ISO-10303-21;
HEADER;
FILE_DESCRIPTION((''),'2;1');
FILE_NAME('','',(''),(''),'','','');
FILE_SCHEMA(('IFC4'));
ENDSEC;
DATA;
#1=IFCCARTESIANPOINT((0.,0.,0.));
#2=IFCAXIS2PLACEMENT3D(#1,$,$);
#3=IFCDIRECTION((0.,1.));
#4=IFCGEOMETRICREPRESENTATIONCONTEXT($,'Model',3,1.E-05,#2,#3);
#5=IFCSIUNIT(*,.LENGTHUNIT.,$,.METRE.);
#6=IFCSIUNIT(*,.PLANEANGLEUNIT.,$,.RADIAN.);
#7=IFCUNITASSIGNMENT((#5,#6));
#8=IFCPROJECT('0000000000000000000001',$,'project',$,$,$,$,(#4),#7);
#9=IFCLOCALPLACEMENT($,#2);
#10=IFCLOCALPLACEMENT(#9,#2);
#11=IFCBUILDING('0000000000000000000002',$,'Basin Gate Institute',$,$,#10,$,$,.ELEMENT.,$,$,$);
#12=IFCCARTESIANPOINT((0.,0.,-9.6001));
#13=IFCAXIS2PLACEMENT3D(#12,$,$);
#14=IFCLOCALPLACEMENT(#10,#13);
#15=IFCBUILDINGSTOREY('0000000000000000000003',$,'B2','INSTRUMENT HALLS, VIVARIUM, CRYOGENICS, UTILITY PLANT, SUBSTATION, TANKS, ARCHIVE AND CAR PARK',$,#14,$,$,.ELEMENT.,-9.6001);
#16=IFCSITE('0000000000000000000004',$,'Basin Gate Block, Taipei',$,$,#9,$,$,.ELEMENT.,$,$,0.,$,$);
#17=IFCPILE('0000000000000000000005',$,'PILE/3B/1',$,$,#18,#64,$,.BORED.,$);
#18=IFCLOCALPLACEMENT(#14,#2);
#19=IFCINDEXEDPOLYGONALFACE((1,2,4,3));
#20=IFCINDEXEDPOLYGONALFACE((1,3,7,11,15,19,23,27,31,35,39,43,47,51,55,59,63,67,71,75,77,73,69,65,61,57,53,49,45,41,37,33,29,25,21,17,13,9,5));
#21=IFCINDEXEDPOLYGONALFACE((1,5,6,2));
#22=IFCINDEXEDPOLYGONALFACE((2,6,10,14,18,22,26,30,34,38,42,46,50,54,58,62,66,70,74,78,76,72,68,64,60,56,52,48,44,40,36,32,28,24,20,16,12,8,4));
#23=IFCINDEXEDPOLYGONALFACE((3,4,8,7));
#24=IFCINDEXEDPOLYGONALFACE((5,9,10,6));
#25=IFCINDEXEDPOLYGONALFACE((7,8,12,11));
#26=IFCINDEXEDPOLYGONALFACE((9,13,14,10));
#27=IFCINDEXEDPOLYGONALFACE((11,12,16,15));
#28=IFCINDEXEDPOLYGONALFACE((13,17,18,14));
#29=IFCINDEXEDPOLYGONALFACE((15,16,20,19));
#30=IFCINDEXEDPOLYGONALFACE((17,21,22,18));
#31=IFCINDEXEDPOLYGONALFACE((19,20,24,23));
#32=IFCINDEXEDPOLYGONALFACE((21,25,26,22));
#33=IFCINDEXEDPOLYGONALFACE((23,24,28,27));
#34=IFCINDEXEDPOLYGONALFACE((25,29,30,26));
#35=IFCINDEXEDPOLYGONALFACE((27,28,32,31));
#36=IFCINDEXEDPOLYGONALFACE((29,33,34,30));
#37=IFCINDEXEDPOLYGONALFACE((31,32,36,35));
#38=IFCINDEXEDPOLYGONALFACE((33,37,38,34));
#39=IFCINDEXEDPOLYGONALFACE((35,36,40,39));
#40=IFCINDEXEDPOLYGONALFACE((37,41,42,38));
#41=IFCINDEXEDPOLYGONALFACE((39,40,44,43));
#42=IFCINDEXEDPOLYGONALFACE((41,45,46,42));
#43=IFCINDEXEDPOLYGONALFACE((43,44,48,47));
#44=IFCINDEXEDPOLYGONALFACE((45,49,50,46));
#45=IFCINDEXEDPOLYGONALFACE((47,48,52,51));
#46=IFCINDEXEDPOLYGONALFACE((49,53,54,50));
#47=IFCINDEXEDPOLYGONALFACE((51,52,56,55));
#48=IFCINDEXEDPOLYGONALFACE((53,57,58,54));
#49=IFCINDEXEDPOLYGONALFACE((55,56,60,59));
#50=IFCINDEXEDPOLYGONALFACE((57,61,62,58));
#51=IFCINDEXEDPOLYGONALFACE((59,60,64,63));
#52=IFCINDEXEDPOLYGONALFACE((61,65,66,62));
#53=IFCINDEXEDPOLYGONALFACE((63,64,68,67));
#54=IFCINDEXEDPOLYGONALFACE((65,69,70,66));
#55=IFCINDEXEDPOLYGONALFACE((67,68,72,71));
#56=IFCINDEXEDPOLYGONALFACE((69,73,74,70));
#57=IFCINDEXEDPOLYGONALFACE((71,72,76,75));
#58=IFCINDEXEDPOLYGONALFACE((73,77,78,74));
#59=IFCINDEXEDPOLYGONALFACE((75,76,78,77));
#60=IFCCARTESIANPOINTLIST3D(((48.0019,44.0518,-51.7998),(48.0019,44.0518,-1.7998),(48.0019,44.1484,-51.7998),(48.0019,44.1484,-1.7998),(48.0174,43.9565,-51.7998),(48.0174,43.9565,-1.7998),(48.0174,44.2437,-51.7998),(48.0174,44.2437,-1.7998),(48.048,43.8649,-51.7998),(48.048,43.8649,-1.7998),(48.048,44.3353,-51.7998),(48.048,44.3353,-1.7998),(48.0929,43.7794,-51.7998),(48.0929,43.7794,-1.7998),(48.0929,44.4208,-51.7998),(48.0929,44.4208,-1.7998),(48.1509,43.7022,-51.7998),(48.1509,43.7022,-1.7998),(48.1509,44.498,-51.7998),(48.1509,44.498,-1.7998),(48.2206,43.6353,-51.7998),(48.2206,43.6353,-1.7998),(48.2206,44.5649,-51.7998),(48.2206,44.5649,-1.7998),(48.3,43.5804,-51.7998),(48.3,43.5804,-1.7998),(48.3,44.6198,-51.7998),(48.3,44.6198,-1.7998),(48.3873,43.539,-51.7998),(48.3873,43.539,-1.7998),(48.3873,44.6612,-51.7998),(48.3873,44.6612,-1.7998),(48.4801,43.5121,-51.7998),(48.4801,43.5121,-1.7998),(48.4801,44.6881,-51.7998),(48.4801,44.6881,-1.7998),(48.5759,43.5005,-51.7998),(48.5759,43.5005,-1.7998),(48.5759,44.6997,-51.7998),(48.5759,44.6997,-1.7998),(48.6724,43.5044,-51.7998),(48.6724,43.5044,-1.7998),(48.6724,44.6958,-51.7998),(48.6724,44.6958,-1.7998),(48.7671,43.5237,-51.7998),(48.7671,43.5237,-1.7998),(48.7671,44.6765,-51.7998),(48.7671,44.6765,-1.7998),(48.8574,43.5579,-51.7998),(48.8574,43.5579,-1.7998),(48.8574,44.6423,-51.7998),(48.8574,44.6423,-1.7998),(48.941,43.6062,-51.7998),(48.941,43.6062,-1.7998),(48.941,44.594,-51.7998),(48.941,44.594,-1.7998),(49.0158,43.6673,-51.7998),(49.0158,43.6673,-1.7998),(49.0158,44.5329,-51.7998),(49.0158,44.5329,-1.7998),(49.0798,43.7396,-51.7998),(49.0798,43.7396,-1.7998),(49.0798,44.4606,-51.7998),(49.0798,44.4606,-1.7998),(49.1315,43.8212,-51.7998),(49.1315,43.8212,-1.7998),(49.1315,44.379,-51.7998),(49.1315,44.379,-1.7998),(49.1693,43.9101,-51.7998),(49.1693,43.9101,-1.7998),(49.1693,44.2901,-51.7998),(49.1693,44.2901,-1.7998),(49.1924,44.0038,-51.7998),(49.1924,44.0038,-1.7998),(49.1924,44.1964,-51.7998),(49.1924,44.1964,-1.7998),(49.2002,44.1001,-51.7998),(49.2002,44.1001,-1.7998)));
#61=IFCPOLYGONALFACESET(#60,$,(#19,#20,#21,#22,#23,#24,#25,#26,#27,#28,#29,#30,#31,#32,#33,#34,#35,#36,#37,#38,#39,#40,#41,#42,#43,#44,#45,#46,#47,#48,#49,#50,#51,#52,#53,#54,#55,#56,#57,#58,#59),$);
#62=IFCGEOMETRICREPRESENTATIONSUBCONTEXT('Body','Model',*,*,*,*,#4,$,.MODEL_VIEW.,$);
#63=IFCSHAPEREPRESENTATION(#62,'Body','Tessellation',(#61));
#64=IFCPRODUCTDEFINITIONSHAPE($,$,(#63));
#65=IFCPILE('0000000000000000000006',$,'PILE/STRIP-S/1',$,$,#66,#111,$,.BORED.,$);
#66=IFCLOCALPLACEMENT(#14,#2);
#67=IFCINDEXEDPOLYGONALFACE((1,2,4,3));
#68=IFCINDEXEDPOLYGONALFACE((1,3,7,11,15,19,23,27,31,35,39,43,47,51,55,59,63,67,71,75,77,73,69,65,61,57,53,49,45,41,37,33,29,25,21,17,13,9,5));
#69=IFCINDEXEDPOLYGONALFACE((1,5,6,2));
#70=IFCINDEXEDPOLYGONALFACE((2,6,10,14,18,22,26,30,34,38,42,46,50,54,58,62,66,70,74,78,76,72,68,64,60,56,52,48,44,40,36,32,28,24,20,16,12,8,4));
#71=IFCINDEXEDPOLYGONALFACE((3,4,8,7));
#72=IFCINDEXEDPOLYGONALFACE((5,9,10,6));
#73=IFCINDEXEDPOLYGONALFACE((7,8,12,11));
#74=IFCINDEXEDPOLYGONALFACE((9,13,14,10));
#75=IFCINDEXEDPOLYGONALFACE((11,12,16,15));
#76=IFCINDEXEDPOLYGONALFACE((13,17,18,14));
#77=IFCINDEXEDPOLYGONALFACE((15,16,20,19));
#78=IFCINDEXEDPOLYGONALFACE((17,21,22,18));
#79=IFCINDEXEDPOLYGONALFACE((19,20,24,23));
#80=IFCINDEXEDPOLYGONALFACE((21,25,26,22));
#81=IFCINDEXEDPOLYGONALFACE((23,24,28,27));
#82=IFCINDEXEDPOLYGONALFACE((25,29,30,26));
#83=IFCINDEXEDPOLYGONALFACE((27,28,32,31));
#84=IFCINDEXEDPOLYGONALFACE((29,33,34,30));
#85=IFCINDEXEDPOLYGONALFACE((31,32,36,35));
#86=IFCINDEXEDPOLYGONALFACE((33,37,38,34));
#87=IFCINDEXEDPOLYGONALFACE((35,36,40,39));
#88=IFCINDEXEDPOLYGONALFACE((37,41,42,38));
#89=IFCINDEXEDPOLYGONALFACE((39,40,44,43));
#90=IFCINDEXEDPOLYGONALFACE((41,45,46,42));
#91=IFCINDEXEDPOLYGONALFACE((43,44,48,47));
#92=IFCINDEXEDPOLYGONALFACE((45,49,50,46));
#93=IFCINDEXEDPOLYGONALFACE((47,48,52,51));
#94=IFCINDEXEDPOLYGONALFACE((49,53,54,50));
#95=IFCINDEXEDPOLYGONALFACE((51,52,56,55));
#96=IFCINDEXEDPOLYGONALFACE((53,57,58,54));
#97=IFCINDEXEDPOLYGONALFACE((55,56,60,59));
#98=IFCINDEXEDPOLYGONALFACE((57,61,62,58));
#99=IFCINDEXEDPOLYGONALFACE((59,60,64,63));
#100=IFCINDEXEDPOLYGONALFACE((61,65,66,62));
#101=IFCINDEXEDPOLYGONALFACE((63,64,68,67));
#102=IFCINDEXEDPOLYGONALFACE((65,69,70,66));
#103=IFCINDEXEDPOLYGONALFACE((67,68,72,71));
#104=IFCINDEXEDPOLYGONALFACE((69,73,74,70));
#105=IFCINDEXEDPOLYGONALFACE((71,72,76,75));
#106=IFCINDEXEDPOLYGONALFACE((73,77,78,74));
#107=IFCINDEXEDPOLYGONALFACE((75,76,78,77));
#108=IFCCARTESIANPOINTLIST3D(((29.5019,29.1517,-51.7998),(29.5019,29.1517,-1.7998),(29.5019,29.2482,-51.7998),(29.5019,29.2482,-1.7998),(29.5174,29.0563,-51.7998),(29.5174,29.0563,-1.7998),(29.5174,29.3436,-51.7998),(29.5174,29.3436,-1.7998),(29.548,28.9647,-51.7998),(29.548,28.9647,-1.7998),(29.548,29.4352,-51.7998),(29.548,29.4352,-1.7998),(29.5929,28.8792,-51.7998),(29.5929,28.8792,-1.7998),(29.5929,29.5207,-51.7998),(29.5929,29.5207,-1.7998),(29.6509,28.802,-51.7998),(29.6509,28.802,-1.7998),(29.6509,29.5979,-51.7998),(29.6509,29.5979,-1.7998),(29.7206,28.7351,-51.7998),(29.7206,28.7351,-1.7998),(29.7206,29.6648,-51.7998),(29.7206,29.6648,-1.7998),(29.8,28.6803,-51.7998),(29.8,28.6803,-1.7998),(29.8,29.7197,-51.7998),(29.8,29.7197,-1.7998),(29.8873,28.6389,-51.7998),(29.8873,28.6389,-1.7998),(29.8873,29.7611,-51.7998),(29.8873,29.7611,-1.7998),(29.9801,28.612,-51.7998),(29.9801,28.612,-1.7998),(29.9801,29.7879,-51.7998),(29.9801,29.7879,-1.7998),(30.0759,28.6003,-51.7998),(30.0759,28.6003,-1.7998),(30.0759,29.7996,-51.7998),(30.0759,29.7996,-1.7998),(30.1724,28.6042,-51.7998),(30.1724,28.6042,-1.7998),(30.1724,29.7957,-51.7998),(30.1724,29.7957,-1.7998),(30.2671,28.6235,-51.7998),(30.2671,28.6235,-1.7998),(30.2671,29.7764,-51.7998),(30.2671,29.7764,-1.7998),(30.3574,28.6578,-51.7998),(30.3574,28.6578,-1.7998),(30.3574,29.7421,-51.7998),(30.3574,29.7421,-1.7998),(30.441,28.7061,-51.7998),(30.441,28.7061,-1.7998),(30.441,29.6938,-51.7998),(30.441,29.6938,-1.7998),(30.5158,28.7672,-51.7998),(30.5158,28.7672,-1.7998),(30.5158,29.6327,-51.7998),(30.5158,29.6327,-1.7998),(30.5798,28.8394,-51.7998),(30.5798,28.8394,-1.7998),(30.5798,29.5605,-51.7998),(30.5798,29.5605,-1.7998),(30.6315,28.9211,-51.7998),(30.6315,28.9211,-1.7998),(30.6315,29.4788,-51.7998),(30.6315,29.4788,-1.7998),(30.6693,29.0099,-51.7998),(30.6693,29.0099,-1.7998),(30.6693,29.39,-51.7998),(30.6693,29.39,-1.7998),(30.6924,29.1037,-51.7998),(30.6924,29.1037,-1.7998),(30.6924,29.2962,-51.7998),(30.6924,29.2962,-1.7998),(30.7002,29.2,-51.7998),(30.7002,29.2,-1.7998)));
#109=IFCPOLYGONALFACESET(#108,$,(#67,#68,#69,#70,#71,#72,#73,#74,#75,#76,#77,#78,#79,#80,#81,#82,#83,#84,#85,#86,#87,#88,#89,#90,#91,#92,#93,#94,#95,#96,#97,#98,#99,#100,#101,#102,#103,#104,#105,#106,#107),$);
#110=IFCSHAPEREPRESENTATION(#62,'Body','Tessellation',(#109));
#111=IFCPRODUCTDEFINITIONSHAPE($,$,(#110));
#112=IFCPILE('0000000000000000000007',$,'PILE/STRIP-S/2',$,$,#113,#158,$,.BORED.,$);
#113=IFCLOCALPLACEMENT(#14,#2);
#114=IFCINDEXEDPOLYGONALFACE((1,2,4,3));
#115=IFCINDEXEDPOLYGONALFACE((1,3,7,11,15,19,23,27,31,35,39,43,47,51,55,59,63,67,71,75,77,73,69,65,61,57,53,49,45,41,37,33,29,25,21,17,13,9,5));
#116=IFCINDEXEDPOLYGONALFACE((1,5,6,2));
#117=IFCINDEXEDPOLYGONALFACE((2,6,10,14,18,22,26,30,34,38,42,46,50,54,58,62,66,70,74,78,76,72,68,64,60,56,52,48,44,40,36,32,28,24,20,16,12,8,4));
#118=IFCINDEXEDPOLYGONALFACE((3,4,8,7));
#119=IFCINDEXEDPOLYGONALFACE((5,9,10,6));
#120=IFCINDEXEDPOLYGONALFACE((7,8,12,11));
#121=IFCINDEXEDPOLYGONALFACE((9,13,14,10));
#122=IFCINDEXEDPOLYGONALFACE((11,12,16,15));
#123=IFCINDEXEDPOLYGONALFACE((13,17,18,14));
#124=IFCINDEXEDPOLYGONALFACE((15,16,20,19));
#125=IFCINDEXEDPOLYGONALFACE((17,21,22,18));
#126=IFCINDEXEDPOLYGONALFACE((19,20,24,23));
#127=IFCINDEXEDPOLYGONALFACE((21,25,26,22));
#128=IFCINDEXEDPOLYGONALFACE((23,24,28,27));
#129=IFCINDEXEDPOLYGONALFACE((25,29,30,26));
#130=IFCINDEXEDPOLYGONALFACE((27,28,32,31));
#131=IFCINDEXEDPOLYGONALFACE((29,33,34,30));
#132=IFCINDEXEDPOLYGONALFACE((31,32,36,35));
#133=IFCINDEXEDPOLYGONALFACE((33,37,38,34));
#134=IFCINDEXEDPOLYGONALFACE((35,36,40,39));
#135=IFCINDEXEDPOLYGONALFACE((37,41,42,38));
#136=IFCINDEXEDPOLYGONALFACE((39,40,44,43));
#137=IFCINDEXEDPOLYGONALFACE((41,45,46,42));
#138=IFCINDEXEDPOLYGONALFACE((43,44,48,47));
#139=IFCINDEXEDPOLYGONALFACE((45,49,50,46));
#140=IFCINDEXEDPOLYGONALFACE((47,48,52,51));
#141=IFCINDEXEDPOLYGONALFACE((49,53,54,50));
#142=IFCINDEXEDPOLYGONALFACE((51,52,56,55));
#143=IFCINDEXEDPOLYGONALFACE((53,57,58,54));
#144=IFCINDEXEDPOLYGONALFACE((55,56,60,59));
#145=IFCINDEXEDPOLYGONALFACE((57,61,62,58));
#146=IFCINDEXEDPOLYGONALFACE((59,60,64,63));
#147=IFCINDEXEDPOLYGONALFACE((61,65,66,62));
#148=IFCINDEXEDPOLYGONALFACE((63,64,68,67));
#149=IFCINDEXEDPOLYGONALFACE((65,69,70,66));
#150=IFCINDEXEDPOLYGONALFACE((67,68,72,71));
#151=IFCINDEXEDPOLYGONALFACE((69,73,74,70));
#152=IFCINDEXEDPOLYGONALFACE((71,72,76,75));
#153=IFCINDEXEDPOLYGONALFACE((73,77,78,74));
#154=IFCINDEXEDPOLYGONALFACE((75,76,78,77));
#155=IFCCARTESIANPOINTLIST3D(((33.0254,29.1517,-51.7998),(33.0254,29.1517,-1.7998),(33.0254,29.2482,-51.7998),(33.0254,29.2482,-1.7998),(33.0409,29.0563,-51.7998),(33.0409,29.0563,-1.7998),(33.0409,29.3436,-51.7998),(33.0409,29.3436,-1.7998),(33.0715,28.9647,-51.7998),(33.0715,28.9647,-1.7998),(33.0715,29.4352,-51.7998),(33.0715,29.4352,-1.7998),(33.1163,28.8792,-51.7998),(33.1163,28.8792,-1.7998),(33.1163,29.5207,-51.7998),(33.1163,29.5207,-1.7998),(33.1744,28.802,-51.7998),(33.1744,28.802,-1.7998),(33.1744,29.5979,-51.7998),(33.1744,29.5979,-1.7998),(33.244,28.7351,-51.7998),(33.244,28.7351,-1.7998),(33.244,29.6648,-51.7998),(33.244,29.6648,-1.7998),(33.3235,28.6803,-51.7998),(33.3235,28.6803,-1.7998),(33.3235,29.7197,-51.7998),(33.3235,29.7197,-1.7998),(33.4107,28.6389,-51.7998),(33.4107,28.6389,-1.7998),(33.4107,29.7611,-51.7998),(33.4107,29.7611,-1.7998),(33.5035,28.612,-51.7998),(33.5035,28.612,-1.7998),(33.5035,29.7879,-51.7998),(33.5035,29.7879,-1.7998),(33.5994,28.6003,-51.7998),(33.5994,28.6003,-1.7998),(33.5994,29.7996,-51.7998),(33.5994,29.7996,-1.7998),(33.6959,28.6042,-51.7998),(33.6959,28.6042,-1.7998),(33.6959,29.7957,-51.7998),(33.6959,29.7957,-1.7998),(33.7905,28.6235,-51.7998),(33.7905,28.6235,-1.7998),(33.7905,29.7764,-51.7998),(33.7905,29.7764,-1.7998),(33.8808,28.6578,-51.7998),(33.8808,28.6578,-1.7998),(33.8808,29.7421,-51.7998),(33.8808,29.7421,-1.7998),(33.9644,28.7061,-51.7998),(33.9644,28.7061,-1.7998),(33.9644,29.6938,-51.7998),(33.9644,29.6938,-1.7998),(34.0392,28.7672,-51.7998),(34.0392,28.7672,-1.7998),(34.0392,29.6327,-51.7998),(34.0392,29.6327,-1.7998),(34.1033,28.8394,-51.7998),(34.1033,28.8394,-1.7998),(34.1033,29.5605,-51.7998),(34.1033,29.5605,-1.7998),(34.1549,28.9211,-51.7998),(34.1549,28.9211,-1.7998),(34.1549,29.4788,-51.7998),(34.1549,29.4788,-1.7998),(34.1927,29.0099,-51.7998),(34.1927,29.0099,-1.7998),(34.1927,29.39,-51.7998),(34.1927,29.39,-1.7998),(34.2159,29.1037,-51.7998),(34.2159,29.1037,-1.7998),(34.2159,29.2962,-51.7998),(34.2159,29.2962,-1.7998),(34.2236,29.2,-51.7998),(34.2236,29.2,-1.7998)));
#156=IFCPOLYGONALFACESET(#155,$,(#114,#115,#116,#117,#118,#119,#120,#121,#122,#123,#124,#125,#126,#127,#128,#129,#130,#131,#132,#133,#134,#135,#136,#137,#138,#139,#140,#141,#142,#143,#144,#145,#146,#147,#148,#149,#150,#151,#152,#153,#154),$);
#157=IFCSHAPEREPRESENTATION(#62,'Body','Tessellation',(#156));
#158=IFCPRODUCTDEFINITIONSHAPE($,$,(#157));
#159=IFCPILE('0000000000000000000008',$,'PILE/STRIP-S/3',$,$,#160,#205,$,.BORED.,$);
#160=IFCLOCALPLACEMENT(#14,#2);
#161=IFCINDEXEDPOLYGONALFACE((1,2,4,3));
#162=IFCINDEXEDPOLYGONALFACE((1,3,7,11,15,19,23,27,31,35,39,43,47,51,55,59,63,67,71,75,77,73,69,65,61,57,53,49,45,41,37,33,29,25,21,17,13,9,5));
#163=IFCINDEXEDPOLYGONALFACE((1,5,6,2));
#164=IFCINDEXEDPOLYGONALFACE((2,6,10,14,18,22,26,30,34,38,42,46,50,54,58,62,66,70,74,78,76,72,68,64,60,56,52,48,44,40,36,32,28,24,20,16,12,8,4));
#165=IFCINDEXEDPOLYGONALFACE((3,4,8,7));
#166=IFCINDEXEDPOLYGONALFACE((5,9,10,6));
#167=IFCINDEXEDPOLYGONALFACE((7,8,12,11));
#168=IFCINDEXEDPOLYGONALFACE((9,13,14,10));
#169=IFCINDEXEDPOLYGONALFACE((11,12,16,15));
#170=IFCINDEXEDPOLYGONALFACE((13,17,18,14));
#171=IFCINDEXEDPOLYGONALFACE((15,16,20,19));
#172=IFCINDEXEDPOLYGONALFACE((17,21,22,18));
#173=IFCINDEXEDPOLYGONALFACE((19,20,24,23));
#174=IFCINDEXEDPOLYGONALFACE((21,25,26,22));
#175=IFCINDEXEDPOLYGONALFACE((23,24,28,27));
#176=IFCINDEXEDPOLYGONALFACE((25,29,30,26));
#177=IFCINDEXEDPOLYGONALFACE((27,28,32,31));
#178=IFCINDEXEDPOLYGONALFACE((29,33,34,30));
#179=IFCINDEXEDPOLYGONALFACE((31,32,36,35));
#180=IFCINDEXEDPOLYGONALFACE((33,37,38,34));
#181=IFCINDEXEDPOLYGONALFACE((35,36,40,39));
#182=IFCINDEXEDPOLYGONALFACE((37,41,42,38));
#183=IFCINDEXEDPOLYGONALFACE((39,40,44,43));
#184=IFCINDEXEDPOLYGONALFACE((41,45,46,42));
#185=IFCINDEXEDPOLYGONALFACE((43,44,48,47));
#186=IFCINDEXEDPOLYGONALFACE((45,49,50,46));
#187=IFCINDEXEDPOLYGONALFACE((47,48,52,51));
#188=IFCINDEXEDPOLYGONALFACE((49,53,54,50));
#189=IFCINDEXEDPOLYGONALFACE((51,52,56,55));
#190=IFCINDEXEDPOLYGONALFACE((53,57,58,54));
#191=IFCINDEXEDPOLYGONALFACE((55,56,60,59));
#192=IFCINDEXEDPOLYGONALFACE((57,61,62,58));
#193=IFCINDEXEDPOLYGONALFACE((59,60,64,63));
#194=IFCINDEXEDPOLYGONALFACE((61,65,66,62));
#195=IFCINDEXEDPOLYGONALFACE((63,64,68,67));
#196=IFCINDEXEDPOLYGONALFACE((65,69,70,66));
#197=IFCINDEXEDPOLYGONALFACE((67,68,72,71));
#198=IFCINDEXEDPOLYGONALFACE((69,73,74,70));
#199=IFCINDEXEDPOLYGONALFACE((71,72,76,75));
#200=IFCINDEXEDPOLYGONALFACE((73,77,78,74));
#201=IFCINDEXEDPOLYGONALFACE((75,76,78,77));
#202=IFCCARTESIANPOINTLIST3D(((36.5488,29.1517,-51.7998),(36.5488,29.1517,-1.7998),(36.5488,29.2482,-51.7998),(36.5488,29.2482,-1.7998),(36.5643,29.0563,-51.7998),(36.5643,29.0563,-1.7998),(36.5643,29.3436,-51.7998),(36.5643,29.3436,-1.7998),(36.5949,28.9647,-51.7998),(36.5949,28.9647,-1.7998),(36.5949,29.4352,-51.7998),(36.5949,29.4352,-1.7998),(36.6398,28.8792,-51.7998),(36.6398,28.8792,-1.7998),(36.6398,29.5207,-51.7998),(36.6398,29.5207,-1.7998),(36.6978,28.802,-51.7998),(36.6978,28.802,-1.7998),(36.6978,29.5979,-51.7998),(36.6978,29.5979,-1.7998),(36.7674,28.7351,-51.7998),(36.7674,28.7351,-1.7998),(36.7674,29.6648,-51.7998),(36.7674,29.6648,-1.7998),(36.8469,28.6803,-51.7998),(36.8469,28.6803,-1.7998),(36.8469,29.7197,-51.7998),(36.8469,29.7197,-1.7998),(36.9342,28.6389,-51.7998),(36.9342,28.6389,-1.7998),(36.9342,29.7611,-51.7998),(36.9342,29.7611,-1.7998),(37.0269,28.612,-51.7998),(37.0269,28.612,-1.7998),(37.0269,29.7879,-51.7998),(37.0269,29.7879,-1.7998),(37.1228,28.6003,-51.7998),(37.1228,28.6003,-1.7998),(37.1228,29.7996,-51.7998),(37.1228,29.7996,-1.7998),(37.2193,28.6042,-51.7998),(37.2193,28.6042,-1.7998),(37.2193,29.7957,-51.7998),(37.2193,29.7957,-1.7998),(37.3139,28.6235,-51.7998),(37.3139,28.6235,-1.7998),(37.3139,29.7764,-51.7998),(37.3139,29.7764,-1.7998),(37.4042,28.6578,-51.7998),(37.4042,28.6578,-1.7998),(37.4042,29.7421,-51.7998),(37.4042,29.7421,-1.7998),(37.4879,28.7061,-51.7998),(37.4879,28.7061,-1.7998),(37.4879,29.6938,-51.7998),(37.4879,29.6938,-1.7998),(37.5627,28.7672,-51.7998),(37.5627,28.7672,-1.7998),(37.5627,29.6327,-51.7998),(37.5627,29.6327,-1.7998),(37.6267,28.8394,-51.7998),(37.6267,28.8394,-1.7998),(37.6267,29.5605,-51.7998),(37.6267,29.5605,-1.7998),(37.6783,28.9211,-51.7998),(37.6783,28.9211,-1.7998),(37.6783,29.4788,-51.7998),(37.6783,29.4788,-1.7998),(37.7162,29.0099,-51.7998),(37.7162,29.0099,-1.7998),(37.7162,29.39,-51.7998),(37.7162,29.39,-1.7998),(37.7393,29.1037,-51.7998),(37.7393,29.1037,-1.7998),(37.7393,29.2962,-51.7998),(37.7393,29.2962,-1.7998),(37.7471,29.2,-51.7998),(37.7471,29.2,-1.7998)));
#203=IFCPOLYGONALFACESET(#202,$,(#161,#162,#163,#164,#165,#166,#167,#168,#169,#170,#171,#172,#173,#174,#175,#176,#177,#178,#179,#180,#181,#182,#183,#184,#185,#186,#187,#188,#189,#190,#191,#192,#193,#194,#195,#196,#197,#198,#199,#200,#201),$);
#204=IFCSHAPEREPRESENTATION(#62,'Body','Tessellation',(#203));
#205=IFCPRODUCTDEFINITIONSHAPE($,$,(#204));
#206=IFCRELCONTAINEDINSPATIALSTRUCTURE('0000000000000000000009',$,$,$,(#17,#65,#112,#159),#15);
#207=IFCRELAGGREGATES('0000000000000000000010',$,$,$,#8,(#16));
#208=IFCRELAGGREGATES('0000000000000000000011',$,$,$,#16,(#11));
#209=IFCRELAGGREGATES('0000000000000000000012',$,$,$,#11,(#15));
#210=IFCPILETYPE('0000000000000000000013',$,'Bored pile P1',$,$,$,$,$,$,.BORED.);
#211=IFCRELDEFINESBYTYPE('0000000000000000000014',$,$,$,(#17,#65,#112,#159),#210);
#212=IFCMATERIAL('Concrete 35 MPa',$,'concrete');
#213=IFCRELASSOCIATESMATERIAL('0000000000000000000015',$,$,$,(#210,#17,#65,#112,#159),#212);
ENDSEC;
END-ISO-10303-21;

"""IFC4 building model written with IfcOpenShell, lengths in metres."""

from ifc_helpers import new_model, si_unit, direction, frame, origin, origin_2d, place, context, subcontext, project, spatial, circle, extrude, material, material_profile, profile_set, type_object, element, save


model = new_model("IFC4")

# Units and contexts
model_context = context("Model", 3, precision=1e-05, world=origin(), true_north=direction((0.0, 1.0)))
body_context = subcontext(model_context, "Body", "Model", "MODEL_VIEW")
ifc_project = project(units=[si_unit("LENGTHUNIT", "METRE"), si_unit("PLANEANGLEUNIT", "RADIAN")], contexts=[model_context])

# Site, building, storey
site_placement = place(None, origin())
site = spatial("IfcSite", under=ifc_project, at=site_placement, Name="Basin Gate Block, Taipei", CompositionType="ELEMENT", RefElevation=0.0)
building_placement = place(site_placement, origin())
building = spatial("IfcBuilding", under=site, at=building_placement, Name="Basin Gate Institute", CompositionType="ELEMENT")
storey_placement = place(building_placement, frame((0.0, 0.0, -9.6001)))
storey = spatial("IfcBuildingStorey", under=building, at=storey_placement, Name="B2", Description="INSTRUMENT HALLS, VIVARIUM, CRYOGENICS, UTILITY PLANT, SUBSTATION, TANKS, ARCHIVE AND CAR PARK", CompositionType="ELEMENT", Elevation=-9.6001)

# Piles
ifc_material_1 = material(Name="Concrete 35 MPa", Category="concrete")
ifc_material_profile = material_profile(ifc_material_1, circle(Radius=0.6001, at=origin_2d()), Name="Bored pile P1 1200 dia")
ifc_profile_set = profile_set([ifc_material_profile], Name="Concrete 35 MPa")
pile_type = type_object("IfcPileType", Name="Bored pile P1", PredefinedType="BORED", material=ifc_profile_set)
for number, where, z_axis, x_axis, name in (
    (1, (48.6001, 44.1001, -1.7998), (0.0, 0.0, -1.0), (1.0, 0.0, 0.0), "PILE/3B/1"),
    (2, (30.1001, 29.2, -1.7998), (0.0, 0.0, -1.0), (1.0, 0.0, 0.0), "PILE/STRIP-S/1"),
    (3, (33.6235, 29.2, -1.7998), (0.0, 0.0, -1.0), (1.0, 0.0, 0.0), "PILE/STRIP-S/2"),
    (4, (37.147, 29.2, -1.7998), (0.0, 0.0, -1.0), (1.0, 0.0, 0.0), "PILE/STRIP-S/3"),
):
    element("IfcPile", number, at=place(storey_placement, frame(where, z_axis=z_axis, x_axis=x_axis)), inside=storey, type_object=pile_type, material=ifc_profile_set, Name=name, PredefinedType="BORED", context=body_context, shape_type="SweptSolid", body=[
        extrude(circle(Radius=0.6001, at=origin_2d()), origin(), (0.0, 0.0, 1.0), 50.0),
    ])

save(model, "model.ifc")
